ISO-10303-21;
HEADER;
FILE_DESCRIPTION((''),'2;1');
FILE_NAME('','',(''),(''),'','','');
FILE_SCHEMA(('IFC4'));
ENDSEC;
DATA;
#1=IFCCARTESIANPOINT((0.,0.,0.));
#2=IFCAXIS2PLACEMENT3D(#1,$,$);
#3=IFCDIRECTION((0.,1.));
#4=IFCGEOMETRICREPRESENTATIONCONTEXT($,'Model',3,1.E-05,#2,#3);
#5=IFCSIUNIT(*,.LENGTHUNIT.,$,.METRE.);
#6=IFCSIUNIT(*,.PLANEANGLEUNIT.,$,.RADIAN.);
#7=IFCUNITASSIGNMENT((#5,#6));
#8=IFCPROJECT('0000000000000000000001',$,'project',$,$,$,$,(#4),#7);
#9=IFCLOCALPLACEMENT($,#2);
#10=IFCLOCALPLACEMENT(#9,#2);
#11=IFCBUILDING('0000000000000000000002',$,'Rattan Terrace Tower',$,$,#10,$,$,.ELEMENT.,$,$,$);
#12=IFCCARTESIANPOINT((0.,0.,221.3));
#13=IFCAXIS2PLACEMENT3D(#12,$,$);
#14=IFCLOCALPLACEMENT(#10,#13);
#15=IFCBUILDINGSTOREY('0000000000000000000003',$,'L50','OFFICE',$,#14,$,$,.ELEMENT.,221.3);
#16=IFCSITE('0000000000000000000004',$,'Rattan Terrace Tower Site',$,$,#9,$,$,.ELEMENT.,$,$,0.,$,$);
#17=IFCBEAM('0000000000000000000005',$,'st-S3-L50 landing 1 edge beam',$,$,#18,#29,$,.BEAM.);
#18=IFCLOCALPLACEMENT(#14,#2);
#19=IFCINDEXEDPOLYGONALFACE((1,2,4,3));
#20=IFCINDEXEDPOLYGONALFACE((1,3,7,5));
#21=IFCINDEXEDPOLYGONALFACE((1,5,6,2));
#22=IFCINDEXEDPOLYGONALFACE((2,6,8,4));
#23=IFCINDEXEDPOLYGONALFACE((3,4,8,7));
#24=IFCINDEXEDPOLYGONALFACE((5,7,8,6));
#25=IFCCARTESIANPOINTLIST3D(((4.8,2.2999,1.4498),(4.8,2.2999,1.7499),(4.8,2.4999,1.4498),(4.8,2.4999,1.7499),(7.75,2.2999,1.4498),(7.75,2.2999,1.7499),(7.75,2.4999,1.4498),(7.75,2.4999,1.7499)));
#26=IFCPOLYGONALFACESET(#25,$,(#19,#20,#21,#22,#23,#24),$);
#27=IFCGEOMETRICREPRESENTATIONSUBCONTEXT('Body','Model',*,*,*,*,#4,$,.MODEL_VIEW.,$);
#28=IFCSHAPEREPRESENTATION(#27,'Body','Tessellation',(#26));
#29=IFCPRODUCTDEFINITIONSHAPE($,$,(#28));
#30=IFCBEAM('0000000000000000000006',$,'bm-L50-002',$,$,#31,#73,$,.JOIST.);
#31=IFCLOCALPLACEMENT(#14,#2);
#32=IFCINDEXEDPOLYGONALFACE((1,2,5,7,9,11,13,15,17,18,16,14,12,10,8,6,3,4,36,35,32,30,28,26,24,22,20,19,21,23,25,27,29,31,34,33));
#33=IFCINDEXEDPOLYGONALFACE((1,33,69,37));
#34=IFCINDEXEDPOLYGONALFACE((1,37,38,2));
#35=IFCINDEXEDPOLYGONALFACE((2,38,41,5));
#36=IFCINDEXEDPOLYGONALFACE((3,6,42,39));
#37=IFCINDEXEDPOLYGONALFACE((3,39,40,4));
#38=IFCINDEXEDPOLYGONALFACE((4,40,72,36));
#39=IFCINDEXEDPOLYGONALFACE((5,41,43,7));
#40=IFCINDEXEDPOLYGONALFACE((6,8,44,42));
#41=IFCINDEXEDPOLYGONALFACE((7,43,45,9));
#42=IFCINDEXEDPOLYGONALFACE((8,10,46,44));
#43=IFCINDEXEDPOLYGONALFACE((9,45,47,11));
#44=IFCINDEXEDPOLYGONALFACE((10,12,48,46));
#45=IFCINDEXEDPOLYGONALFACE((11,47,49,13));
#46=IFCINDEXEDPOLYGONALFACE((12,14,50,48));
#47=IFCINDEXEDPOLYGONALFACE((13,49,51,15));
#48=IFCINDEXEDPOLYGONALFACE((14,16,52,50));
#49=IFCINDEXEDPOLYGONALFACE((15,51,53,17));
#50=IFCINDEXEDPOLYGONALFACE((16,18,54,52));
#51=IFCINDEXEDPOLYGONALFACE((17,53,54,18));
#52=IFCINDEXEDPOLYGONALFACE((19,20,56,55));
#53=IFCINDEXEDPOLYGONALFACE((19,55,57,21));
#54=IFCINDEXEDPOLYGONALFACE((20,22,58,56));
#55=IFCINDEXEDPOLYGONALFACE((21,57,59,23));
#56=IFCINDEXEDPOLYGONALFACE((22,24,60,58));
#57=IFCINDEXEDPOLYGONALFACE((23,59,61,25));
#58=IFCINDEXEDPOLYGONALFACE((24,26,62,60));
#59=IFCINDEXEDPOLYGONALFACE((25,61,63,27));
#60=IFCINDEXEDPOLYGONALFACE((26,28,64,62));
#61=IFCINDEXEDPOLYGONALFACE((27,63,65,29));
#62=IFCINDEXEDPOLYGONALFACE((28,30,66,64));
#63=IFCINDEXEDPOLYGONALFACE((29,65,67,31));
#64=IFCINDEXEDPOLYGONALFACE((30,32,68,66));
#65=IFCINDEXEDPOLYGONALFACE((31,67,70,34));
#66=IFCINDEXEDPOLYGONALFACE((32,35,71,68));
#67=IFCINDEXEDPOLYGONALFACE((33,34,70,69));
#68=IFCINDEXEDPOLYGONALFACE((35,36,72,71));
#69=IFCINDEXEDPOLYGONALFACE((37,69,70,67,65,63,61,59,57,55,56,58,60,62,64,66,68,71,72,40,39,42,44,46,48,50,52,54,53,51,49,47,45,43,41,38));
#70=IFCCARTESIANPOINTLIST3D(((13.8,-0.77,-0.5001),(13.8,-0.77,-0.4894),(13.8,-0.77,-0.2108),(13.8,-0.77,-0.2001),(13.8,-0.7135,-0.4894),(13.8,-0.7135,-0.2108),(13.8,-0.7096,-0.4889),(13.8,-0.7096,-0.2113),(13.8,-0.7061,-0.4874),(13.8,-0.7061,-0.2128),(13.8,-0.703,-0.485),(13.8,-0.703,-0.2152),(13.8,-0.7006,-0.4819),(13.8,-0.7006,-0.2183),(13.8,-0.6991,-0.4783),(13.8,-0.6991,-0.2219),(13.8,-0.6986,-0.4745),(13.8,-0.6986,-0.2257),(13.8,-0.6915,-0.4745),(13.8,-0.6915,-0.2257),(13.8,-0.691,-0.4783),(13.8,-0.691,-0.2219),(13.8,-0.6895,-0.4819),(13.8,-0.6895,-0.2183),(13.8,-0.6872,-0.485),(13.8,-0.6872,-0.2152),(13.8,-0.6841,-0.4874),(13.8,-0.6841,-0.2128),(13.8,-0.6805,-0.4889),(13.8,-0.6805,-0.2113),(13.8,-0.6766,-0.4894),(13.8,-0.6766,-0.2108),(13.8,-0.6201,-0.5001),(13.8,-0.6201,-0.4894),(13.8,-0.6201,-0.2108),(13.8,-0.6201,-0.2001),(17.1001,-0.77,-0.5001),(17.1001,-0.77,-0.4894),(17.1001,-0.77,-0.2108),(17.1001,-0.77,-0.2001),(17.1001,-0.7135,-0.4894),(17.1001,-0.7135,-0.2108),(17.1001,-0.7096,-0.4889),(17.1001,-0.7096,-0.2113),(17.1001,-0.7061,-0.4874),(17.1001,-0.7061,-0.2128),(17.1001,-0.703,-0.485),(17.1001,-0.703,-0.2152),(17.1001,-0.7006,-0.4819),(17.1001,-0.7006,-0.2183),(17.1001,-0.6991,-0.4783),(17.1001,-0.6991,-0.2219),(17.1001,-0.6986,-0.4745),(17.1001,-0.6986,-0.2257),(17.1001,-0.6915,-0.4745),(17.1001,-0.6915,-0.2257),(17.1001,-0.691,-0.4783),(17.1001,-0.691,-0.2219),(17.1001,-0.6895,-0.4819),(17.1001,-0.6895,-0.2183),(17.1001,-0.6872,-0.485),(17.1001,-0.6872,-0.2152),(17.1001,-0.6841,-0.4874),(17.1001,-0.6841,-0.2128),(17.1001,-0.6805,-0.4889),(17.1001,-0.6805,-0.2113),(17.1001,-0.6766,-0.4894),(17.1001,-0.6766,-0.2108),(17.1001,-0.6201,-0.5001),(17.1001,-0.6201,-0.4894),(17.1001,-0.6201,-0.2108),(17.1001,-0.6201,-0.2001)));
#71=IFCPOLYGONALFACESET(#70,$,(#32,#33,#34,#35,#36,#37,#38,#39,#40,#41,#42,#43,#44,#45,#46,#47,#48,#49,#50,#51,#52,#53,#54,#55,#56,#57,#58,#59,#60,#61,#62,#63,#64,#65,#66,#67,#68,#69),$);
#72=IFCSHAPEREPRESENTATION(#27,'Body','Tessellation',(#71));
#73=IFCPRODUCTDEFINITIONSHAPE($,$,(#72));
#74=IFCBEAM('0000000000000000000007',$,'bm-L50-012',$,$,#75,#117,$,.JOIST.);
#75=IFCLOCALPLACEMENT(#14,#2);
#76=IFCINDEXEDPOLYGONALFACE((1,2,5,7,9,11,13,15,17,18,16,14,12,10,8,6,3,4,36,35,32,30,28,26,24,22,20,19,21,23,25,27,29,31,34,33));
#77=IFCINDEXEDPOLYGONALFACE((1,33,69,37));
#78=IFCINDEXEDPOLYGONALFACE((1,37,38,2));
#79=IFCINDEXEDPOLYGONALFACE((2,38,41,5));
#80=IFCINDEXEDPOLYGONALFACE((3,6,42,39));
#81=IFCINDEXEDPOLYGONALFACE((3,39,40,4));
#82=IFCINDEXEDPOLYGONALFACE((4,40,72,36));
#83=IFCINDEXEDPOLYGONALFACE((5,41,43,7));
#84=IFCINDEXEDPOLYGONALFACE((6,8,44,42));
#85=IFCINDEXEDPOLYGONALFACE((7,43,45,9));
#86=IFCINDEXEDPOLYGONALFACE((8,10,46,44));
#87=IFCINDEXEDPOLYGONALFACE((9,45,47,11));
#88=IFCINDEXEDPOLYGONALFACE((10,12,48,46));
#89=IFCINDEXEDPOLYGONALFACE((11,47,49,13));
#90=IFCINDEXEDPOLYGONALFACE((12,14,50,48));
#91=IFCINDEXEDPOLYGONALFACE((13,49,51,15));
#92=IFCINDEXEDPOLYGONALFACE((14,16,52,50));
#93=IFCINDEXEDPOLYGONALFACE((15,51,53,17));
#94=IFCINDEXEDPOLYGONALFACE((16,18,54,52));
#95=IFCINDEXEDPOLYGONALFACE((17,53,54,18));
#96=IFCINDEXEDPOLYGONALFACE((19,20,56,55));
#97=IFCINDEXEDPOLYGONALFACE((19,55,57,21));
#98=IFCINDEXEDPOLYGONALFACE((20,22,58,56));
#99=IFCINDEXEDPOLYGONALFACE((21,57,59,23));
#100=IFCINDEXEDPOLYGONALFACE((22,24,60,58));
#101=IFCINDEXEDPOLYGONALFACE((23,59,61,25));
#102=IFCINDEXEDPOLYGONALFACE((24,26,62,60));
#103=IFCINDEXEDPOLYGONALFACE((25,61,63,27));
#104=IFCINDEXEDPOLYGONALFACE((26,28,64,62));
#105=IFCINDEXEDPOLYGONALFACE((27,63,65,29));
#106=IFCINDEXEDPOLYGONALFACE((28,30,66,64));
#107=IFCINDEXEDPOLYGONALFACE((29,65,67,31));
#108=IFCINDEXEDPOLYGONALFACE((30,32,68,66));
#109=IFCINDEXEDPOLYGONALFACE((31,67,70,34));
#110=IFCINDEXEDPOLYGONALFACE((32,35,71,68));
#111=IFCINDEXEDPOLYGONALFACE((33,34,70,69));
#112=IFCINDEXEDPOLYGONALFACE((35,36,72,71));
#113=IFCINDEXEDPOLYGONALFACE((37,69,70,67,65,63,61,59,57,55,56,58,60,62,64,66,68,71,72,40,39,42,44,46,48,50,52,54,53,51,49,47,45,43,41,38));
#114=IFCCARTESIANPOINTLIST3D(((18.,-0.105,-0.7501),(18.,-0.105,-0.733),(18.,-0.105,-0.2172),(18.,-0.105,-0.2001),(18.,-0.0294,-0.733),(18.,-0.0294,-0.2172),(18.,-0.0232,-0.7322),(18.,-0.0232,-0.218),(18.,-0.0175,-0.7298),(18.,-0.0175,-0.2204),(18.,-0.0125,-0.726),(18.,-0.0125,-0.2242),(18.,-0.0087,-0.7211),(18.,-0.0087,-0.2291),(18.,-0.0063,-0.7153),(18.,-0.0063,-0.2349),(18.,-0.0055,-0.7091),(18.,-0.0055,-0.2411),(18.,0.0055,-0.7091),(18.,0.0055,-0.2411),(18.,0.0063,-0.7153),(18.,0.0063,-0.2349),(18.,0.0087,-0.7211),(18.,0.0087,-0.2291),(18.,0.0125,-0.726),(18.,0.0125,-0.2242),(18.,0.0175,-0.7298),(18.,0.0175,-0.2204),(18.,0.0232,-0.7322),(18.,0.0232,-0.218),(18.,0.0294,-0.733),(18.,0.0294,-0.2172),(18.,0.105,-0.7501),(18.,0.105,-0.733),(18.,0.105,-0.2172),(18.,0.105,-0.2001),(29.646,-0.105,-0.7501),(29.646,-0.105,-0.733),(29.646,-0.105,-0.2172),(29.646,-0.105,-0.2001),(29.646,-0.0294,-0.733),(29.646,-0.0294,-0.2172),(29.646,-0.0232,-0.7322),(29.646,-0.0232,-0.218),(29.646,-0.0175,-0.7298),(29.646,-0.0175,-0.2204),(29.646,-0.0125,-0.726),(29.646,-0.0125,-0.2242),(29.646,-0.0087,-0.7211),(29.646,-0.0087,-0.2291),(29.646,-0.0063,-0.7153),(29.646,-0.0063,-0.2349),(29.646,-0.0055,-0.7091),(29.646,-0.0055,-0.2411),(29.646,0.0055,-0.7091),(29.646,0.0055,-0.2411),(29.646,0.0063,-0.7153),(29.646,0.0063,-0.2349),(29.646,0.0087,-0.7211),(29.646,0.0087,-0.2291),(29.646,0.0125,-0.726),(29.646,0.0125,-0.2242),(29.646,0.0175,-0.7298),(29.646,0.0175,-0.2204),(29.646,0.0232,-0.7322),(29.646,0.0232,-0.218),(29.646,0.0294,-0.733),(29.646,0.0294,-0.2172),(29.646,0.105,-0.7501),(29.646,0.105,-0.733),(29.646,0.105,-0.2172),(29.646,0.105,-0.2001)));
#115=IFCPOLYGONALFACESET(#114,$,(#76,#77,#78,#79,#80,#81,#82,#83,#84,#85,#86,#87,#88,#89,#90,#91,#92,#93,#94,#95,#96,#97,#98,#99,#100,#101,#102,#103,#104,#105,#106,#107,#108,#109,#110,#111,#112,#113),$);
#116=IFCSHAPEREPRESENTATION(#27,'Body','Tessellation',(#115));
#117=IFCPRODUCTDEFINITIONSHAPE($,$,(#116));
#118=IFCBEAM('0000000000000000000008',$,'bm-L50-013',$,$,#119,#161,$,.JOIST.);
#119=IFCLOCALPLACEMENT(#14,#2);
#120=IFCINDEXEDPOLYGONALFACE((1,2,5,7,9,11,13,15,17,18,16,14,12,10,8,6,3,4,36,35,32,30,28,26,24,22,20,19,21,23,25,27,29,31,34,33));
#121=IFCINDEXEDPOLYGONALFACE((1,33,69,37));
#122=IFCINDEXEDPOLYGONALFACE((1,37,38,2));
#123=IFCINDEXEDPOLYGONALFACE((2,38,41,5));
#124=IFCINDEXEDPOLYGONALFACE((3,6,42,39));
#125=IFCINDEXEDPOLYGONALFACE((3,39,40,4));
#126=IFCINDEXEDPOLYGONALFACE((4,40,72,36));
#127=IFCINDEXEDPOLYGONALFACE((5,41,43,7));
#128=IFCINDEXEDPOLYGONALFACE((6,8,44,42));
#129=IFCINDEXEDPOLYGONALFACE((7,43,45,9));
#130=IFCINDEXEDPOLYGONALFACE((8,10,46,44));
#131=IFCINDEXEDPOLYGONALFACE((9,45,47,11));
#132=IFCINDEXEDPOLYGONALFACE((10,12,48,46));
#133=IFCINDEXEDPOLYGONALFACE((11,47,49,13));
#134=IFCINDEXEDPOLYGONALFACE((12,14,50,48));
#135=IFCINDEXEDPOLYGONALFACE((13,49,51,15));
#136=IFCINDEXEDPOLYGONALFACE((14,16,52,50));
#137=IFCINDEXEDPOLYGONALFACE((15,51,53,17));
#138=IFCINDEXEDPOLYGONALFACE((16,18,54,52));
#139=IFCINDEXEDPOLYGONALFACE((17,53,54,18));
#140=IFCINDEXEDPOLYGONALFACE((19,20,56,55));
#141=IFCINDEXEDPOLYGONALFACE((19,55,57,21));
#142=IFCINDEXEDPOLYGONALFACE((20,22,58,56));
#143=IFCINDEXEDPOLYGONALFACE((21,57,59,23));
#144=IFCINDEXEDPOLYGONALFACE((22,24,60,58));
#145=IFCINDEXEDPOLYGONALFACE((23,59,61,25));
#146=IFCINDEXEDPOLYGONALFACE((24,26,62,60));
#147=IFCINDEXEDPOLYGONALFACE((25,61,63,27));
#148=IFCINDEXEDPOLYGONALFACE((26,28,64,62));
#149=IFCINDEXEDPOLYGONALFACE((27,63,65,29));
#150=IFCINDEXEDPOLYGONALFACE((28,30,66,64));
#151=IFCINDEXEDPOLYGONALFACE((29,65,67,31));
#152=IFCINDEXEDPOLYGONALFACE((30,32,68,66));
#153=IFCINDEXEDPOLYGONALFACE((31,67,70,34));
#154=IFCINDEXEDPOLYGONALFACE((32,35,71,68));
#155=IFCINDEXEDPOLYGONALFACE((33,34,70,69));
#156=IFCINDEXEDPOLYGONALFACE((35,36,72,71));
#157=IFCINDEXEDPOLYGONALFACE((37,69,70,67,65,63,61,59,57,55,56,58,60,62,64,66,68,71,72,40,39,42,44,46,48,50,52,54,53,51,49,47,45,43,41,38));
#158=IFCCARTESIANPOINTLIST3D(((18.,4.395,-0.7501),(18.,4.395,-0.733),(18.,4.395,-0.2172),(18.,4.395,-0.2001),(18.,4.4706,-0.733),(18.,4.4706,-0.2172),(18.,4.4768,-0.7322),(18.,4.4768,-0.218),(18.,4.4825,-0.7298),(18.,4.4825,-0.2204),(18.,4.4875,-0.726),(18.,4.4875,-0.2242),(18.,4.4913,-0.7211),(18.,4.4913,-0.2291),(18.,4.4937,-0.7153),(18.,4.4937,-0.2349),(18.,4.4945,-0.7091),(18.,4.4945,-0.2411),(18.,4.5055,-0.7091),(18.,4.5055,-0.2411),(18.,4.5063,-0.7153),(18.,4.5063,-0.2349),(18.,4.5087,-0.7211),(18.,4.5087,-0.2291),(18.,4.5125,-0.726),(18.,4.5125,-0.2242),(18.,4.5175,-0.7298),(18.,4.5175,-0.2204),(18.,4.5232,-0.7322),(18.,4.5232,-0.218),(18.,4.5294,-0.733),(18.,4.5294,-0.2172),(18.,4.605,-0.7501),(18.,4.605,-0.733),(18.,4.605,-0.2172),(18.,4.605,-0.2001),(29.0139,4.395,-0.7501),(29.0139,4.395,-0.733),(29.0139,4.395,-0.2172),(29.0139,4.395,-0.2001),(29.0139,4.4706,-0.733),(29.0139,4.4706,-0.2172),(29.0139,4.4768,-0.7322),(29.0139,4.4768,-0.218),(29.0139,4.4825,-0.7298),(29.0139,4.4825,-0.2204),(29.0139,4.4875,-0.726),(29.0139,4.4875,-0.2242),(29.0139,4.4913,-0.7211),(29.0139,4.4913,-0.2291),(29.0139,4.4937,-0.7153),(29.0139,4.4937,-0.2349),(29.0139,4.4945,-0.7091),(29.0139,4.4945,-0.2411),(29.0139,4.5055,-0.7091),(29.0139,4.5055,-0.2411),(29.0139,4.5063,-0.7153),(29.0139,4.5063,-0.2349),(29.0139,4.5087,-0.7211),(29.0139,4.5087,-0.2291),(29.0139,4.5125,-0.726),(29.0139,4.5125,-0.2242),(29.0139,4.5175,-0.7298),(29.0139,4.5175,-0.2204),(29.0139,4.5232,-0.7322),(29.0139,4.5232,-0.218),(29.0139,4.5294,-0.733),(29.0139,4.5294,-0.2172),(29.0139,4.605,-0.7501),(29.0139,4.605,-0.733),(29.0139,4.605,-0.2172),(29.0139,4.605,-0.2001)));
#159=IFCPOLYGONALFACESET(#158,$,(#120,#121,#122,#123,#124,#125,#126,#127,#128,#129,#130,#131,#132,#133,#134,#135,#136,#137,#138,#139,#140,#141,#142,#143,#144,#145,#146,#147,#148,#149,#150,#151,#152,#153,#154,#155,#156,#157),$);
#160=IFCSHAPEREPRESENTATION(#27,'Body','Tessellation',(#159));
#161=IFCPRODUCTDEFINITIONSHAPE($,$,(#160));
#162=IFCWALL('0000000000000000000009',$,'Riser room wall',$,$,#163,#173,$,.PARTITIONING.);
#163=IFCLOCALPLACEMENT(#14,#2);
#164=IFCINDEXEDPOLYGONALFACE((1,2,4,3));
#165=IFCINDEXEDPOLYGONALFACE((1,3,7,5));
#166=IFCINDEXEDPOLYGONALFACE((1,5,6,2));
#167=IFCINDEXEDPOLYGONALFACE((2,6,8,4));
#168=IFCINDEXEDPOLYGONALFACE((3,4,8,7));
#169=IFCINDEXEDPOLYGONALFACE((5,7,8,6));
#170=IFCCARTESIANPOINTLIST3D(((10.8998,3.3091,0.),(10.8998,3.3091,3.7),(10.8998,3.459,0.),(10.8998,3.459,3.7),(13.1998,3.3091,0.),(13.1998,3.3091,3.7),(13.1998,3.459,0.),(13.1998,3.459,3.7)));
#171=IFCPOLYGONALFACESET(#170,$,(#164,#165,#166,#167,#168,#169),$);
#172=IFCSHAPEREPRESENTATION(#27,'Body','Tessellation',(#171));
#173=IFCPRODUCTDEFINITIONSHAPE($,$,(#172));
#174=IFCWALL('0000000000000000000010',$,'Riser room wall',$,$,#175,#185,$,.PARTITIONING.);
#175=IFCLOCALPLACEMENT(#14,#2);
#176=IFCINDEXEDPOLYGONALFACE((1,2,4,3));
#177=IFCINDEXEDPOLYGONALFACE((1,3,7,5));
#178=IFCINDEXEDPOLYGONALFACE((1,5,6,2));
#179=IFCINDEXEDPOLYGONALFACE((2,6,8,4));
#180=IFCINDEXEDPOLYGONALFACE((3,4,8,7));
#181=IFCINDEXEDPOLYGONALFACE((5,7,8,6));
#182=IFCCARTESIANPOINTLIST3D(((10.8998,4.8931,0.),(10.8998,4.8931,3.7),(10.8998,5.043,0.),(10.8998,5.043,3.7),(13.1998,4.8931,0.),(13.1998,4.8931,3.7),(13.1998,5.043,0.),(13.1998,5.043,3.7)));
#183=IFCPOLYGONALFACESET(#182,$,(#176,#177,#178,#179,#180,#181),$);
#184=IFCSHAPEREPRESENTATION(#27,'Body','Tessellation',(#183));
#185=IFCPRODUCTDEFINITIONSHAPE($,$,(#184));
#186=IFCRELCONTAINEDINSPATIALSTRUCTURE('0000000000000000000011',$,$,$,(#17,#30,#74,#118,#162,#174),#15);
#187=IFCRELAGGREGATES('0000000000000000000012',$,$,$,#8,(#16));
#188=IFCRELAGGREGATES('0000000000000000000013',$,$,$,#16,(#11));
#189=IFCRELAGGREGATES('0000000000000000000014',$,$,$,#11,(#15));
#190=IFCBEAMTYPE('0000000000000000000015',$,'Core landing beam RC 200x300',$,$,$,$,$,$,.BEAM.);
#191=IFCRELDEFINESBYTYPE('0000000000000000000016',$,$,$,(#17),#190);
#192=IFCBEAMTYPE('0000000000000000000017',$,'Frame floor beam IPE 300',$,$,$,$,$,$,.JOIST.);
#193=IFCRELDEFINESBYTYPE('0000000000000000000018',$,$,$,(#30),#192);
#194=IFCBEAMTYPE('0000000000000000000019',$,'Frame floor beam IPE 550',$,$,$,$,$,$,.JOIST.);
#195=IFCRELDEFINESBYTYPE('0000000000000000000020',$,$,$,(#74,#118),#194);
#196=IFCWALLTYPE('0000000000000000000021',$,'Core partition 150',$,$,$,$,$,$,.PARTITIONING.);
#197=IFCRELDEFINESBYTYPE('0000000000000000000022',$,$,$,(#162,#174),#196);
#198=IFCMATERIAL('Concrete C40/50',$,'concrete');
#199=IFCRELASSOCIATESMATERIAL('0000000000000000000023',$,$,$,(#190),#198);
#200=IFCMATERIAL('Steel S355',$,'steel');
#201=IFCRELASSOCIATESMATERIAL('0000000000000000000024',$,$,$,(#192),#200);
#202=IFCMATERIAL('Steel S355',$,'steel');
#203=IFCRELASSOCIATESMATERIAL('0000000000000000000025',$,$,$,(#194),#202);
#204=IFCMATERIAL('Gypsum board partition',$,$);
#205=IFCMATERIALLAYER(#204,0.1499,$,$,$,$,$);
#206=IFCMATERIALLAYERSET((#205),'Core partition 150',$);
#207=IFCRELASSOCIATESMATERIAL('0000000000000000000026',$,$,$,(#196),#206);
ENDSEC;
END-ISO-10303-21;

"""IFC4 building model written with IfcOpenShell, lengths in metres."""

from ifc_helpers import new_model, si_unit, direction, frame, frame_2d, origin, origin_2d, place, context, subcontext, project, spatial, rectangle, i_section, extrude, material, layer, layer_set, material_profile, profile_set, type_object, element, save


model = new_model("IFC4")

# Units and contexts
model_context = context("Model", 3, precision=1e-05, world=origin(), true_north=direction((0.0, 1.0)))
body_context = subcontext(model_context, "Body", "Model", "MODEL_VIEW")
ifc_project = project(units=[si_unit("LENGTHUNIT", "METRE"), si_unit("PLANEANGLEUNIT", "RADIAN")], contexts=[model_context])

# Site, building, storey
site_placement = place(None, origin())
site = spatial("IfcSite", under=ifc_project, at=site_placement, Name="Rattan Terrace Tower Site", CompositionType="ELEMENT", RefElevation=0.0)
building_placement = place(site_placement, origin())
building = spatial("IfcBuilding", under=site, at=building_placement, Name="Rattan Terrace Tower", CompositionType="ELEMENT")
storey_placement = place(building_placement, frame((0.0, 0.0, 221.3)))
storey = spatial("IfcBuildingStorey", under=building, at=storey_placement, Name="L50", Description="OFFICE", CompositionType="ELEMENT", Elevation=221.3)

# Beams
ifc_material_1 = material(Name="Concrete C40/50", Category="concrete")
ifc_material_profile_1 = material_profile(ifc_material_1, rectangle(XDim=0.2, YDim=0.3, at=origin_2d()), Name="RC 200x300")
ifc_profile_set_1 = profile_set([ifc_material_profile_1], Name="Concrete C40/50")
beam_type_1 = type_object("IfcBeamType", Name="Core landing beam RC 200x300", PredefinedType="BEAM", material=ifc_profile_set_1)
beam_1_placement = place(storey_placement, frame((4.8, 2.3999, 1.5999), z_axis=(1.0, 0.0, 0.0), x_axis=(0.0, 1.0, 0.0)))
element("IfcBeam", 1, at=beam_1_placement, inside=storey, type_object=beam_type_1, Name="st-S3-L50 landing 1 edge beam", PredefinedType="BEAM", context=body_context, shape_type="SweptSolid", body=[
    extrude(rectangle(XDim=0.2, YDim=0.3, at=origin_2d()), origin(), (0.0, 0.0, 1.0), 2.95),
])
ifc_material_2 = material(Name="Steel S355", Category="steel")
ifc_material_profile_2 = material_profile(ifc_material_2, i_section(OverallWidth=0.1499, OverallDepth=0.3, WebThickness=0.0071, FlangeThickness=0.0107, FilletRadius=0.0149, at=origin_2d()), Name="IPE 300")
ifc_profile_set_2 = profile_set([ifc_material_profile_2], Name="Steel S355")
beam_type_2 = type_object("IfcBeamType", Name="Frame floor beam IPE 300", PredefinedType="JOIST", material=ifc_profile_set_2)
beam_2_placement = place(storey_placement, frame((13.8, -0.6951, -0.3501), z_axis=(1.0, 0.0, 0.0), x_axis=(0.0, 1.0, 0.0)))
element("IfcBeam", 2, at=beam_2_placement, inside=storey, type_object=beam_type_2, Name="bm-L50-002", PredefinedType="JOIST", context=body_context, shape_type="SweptSolid", body=[
    extrude(i_section(OverallWidth=0.1499, OverallDepth=0.3, WebThickness=0.0071, FlangeThickness=0.0107, FilletRadius=0.0149, at=origin_2d()), origin(), (0.0, 0.0, 1.0), 3.3),
])
ifc_material_3 = material(Name="Steel S355", Category="steel")
ifc_material_profile_3 = material_profile(ifc_material_3, i_section(OverallWidth=0.21, OverallDepth=0.55, WebThickness=0.011, FlangeThickness=0.0171, FilletRadius=0.0239, at=origin_2d()), Name="IPE 550")
ifc_profile_set_3 = profile_set([ifc_material_profile_3], Name="Steel S355")
beam_type_3 = type_object("IfcBeamType", Name="Frame floor beam IPE 550", PredefinedType="JOIST", material=ifc_profile_set_3)
beam_3_placement = place(storey_placement, frame((18.0, 0.0, -0.4751), z_axis=(1.0, 0.0, 0.0), x_axis=(0.0, 1.0, 0.0)))
element("IfcBeam", 3, at=beam_3_placement, inside=storey, type_object=beam_type_3, Name="bm-L50-012", PredefinedType="JOIST", context=body_context, shape_type="SweptSolid", body=[
    extrude(i_section(OverallWidth=0.21, OverallDepth=0.55, WebThickness=0.011, FlangeThickness=0.0171, FilletRadius=0.0239, at=origin_2d()), origin(), (0.0, 0.0, 1.0), 11.646),
])
beam_4_placement = place(storey_placement, frame((18.0, 4.5, -0.4751), z_axis=(1.0, 0.0, 0.0), x_axis=(0.0, 1.0, 0.0)))
element("IfcBeam", 4, at=beam_4_placement, inside=storey, type_object=beam_type_3, Name="bm-L50-013", PredefinedType="JOIST", context=body_context, shape_type="SweptSolid", body=[
    extrude(i_section(OverallWidth=0.21, OverallDepth=0.55, WebThickness=0.011, FlangeThickness=0.0171, FilletRadius=0.0239, at=origin_2d()), origin(), (0.0, 0.0, 1.0), 11.0139),
])

# Walls
ifc_material_4 = material(Name="Gypsum board partition")
ifc_layer_1 = layer(ifc_material_4, 0.1499)
ifc_layer_set_1 = layer_set([ifc_layer_1], Name="Core partition 150")
wall_type_1 = type_object("IfcWallType", Name="Core partition 150", PredefinedType="PARTITIONING", material=ifc_layer_set_1)
for number, where, z_axis, x_axis, name in (
    (5, (10.8999, 3.384, 0.0), (0.0, 0.0, 1.0), (1.0, 0.0, 0.0), "Riser room wall"),
    (6, (10.8999, 4.968, 0.0), (0.0, 0.0, 1.0), (1.0, 0.0, 0.0), "Riser room wall"),
):
    element("IfcWall", number, at=place(storey_placement, frame(where, z_axis=z_axis, x_axis=x_axis)), inside=storey, type_object=wall_type_1, Name=name, PredefinedType="PARTITIONING", context=body_context, shape_type="SweptSolid", body=[
        extrude(rectangle(XDim=2.3, YDim=0.1499, at=frame_2d((1.1499, 0.0))), origin(), (0.0, 0.0, 1.0), 3.7),
    ])

save(model, "model.ifc")
